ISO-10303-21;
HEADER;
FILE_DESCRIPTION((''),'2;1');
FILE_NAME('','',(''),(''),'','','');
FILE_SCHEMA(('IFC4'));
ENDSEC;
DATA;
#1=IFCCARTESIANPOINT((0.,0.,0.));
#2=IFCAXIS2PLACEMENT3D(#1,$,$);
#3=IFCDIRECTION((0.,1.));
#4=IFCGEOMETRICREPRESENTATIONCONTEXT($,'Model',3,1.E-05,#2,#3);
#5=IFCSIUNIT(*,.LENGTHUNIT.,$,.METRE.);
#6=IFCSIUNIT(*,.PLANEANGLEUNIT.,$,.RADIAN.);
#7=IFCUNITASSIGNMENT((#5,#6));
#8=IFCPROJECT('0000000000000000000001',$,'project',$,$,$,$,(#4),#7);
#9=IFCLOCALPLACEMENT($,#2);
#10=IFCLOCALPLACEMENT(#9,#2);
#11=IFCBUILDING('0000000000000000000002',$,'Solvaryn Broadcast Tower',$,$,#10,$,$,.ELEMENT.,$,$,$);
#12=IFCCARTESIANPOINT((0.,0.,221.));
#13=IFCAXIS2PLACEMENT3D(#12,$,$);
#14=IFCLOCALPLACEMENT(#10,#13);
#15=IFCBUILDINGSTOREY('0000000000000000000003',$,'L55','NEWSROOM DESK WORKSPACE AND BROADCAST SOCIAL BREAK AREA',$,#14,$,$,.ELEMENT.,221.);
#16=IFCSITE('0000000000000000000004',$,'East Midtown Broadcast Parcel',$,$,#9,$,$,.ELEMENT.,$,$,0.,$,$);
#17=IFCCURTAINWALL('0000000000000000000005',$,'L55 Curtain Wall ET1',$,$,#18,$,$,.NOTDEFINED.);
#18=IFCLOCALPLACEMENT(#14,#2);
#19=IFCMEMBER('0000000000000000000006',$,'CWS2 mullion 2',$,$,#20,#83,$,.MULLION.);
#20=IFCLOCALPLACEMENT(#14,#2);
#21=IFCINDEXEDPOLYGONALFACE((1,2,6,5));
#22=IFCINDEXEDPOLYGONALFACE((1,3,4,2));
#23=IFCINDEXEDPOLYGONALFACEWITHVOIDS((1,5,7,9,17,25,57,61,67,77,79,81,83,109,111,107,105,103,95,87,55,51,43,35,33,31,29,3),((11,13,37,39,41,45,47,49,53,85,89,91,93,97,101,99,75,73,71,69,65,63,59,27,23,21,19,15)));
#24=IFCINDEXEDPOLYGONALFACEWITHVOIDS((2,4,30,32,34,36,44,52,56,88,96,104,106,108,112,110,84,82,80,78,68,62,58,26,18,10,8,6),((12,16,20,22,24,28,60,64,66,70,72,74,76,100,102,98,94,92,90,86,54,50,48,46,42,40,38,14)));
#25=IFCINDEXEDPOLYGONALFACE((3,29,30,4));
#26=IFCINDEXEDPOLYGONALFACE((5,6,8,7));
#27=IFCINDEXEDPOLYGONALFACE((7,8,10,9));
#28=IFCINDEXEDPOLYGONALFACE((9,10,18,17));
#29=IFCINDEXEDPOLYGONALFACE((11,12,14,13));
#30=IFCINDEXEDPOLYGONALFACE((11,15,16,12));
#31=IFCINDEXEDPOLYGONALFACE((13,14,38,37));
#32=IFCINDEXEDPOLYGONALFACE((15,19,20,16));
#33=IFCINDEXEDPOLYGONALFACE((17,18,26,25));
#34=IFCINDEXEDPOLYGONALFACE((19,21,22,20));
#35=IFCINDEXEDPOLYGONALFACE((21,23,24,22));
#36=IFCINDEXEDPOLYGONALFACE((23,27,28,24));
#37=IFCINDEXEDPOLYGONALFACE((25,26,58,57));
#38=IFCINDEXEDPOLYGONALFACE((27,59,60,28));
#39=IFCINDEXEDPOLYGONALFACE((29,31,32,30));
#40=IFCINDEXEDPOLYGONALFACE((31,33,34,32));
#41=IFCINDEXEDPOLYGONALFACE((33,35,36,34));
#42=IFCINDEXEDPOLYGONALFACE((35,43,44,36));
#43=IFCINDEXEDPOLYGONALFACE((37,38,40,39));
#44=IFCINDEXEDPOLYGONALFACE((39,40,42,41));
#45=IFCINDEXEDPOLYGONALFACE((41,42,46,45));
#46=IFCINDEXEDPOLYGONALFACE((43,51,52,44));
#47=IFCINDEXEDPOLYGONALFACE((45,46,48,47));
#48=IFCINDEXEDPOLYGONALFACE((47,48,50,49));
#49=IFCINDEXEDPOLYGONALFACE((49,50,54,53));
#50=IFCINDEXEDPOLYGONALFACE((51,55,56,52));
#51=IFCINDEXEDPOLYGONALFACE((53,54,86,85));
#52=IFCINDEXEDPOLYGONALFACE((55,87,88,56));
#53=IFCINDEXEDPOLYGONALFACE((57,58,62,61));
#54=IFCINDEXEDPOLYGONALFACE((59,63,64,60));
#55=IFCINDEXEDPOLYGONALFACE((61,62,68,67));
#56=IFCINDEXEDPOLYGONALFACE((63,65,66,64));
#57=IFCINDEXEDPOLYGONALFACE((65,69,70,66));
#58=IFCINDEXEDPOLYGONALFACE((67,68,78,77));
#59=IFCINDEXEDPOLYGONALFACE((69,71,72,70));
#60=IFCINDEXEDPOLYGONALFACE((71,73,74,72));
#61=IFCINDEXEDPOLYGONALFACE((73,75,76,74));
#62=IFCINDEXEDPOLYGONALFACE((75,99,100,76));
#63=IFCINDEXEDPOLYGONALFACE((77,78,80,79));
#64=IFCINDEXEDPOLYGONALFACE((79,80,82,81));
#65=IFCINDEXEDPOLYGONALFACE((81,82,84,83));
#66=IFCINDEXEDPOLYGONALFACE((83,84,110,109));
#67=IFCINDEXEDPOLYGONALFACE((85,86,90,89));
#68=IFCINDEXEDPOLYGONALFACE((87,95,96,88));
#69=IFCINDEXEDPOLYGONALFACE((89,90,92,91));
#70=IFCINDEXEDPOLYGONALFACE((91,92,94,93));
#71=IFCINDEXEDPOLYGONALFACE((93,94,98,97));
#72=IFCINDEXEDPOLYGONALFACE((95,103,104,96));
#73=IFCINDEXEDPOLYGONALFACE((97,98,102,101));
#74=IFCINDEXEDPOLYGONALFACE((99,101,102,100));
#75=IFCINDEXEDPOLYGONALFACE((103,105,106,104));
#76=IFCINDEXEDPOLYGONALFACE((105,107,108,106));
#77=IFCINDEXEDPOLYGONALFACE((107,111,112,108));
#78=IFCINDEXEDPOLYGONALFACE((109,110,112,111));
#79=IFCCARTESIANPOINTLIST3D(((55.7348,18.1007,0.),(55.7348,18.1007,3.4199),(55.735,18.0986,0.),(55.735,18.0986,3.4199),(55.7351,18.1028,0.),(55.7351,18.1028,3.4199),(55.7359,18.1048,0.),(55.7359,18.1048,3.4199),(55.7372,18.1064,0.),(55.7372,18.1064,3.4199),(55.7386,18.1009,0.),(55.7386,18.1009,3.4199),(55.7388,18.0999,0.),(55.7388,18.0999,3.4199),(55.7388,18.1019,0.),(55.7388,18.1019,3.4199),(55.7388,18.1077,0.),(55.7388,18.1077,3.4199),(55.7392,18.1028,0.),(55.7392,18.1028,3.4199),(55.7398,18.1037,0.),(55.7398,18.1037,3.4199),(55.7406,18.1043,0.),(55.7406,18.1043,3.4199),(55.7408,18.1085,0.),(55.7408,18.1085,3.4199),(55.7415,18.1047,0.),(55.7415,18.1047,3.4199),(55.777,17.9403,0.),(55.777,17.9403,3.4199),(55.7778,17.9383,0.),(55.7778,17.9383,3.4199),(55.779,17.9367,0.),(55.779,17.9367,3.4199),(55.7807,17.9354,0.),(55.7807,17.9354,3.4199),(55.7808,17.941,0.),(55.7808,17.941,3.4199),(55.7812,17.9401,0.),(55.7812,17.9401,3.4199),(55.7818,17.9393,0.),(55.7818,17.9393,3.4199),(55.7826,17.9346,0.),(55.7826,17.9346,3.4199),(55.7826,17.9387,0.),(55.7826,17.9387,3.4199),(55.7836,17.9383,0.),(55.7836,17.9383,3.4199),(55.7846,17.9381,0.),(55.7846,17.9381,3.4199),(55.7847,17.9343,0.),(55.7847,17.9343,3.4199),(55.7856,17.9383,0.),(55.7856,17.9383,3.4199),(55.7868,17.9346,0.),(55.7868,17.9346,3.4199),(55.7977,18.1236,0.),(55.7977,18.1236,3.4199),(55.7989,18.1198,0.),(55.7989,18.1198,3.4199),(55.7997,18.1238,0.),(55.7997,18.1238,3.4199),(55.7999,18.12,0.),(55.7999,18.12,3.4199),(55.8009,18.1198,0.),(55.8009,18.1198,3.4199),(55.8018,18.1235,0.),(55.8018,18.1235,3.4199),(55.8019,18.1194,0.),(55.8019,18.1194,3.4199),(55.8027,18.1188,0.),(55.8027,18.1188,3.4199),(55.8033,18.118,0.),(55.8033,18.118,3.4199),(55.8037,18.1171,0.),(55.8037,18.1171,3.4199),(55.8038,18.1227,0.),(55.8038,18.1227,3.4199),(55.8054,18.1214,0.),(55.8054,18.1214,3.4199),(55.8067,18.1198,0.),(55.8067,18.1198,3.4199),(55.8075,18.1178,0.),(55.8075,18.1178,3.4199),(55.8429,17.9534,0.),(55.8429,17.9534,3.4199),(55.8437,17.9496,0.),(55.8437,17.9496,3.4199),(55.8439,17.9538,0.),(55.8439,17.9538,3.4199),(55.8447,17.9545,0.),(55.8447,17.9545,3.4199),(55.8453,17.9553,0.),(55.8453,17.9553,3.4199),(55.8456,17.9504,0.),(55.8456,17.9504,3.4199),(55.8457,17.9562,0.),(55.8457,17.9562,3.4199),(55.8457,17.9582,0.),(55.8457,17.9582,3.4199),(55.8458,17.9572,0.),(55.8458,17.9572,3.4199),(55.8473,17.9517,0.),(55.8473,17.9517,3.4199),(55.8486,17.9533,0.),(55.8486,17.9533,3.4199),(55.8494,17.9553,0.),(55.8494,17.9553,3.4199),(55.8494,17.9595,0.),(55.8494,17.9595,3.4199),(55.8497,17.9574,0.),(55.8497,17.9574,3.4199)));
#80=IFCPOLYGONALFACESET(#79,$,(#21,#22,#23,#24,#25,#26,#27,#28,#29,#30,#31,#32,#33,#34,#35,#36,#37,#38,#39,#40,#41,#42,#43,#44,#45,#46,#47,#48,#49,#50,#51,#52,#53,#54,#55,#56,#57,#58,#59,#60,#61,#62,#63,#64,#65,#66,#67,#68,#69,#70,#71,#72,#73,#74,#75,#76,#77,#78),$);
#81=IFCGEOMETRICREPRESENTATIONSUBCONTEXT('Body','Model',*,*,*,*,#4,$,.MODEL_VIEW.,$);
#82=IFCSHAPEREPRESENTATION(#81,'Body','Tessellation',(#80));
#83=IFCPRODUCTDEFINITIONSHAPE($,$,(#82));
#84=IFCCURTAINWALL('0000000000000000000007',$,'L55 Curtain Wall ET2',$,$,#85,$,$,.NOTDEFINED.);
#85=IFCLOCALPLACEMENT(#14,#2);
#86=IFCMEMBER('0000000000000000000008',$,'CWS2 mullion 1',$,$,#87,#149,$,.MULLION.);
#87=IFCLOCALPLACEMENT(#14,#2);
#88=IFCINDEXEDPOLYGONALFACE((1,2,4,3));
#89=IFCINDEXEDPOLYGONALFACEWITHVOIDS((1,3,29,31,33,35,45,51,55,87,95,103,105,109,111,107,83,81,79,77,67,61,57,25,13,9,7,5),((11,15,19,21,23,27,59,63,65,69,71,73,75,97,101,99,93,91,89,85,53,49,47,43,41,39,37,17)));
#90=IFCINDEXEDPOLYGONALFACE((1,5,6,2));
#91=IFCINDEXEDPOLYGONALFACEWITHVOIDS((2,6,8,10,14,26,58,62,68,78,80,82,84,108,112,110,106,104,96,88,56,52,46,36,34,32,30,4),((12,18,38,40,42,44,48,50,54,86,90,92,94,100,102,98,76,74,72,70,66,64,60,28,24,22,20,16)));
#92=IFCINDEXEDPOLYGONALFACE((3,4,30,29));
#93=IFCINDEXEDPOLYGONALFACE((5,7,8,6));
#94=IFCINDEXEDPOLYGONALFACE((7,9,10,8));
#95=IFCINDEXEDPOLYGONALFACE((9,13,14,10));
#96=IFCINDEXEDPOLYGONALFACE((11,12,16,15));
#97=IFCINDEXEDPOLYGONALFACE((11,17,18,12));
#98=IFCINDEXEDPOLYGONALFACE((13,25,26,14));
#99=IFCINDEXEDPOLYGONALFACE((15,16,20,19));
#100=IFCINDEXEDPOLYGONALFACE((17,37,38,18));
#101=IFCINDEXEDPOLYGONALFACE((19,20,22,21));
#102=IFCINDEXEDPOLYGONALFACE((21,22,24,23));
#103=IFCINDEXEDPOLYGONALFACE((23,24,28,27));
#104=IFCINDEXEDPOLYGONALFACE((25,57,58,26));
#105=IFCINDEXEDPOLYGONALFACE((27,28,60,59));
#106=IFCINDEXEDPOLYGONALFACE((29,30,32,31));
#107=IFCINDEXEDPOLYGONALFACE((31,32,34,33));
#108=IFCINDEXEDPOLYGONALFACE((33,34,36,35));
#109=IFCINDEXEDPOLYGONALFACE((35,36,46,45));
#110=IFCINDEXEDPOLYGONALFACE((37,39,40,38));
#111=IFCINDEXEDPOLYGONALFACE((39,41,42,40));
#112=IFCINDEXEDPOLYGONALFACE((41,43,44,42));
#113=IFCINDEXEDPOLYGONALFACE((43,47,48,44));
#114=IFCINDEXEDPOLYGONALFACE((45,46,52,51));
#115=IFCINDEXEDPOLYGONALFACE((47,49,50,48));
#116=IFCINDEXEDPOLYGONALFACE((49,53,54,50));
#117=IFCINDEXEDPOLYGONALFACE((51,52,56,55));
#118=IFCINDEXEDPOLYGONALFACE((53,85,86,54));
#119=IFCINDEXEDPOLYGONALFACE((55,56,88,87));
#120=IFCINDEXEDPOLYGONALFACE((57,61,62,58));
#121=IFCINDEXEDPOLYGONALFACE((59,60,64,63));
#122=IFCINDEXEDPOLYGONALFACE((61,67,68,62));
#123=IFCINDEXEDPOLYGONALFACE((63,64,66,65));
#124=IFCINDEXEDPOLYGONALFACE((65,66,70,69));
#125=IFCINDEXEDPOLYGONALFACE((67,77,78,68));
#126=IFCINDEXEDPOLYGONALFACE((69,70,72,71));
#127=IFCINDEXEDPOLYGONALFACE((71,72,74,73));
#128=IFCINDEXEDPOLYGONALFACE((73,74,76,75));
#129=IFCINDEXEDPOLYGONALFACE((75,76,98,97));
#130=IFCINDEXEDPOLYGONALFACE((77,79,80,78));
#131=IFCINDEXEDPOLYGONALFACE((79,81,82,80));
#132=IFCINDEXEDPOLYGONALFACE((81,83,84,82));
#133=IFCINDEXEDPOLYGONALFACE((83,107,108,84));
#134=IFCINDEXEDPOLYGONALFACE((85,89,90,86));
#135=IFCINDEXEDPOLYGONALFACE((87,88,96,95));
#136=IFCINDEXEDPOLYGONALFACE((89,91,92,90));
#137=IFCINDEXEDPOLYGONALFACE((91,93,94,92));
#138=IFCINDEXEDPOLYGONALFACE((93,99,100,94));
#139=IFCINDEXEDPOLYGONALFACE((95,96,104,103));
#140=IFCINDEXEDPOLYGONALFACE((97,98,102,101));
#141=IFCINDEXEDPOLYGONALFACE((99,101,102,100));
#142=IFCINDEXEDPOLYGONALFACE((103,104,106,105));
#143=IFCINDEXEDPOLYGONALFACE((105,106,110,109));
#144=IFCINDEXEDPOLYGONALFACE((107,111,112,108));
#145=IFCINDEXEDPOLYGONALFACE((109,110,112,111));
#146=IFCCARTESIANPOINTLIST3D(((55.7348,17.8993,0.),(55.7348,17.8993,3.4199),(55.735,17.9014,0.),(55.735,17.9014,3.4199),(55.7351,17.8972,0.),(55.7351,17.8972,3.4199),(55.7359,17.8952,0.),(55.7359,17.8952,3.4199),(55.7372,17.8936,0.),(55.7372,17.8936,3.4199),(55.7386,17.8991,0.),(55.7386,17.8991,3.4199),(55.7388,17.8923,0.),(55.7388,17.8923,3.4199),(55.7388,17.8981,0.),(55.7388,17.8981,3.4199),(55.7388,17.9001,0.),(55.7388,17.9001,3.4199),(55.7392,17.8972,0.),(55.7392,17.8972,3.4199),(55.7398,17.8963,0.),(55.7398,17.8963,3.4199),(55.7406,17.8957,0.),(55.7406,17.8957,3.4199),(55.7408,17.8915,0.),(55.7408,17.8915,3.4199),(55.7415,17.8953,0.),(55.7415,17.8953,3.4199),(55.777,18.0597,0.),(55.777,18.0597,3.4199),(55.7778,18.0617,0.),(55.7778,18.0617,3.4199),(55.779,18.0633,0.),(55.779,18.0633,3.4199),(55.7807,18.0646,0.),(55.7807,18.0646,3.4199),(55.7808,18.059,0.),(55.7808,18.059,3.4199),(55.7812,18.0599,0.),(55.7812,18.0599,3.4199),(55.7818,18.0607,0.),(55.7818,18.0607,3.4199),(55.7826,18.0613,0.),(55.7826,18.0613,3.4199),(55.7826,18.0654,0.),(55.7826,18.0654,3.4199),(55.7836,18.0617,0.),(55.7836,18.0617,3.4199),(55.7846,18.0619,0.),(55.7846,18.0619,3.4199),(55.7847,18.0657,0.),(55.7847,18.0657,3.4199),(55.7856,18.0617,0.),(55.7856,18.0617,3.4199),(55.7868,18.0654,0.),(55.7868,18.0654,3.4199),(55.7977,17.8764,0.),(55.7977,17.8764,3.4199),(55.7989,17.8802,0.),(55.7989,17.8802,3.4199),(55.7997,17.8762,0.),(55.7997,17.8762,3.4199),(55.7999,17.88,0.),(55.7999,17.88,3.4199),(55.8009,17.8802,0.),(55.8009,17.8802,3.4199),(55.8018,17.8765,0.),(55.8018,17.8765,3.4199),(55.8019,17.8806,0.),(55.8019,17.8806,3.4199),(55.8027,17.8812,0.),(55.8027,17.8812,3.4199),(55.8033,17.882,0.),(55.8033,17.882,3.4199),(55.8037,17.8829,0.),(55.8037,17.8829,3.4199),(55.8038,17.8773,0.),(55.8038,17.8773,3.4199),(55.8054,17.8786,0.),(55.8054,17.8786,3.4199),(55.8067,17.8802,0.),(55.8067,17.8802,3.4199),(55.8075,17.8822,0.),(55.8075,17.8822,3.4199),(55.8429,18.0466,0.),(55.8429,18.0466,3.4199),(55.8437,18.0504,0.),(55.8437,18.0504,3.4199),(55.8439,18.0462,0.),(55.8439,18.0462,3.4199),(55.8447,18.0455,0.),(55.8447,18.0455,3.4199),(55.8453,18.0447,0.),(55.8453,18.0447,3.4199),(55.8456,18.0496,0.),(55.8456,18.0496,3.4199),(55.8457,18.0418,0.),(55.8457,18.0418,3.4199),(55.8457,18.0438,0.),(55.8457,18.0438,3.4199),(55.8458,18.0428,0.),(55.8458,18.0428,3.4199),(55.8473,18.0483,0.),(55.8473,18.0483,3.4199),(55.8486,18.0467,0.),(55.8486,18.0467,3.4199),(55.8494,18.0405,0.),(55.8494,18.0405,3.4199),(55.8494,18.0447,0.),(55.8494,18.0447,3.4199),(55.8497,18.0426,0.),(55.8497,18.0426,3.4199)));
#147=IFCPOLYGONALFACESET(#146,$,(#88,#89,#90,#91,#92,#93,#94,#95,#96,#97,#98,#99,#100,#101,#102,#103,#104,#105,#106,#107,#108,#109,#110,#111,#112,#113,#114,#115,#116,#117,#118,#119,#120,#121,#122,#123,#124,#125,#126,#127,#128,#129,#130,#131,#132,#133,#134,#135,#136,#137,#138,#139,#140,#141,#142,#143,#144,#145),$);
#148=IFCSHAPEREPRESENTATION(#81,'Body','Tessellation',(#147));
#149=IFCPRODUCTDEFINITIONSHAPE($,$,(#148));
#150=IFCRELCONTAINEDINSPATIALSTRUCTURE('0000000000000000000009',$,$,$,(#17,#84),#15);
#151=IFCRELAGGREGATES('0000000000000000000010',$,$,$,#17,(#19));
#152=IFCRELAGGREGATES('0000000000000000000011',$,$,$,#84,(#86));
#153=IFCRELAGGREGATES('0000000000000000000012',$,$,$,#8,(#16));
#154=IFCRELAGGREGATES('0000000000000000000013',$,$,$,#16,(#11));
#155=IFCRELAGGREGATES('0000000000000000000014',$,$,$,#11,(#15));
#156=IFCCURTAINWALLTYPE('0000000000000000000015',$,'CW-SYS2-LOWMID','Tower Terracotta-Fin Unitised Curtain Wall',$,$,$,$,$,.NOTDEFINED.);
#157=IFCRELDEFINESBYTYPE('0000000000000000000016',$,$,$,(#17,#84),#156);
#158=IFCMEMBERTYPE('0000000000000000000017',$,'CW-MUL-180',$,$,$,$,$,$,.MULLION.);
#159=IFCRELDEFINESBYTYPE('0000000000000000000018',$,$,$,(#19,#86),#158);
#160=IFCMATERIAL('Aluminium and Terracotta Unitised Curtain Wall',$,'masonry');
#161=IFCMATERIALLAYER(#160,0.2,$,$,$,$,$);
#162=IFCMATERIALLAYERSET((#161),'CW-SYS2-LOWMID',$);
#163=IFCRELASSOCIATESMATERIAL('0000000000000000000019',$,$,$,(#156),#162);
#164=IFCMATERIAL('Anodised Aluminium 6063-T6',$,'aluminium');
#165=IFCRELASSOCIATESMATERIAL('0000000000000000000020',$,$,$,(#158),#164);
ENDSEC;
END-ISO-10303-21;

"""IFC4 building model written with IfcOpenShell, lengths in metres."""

from ifc_helpers import new_model, si_unit, direction, frame, origin, origin_2d, place, context, subcontext, project, spatial, hollow_rectangle, extrude, material, layer, layer_set, material_profile, profile_set, type_object, element, aggregate, save


model = new_model("IFC4")

# Units and contexts
model_context = context("Model", 3, precision=1e-05, world=origin(), true_north=direction((0.0, 1.0)))
body_context = subcontext(model_context, "Body", "Model", "MODEL_VIEW")
ifc_project = project(units=[si_unit("LENGTHUNIT", "METRE"), si_unit("PLANEANGLEUNIT", "RADIAN")], contexts=[model_context])

# Site, building, storey
site_placement = place(None, origin())
site = spatial("IfcSite", under=ifc_project, at=site_placement, Name="East Midtown Broadcast Parcel", CompositionType="ELEMENT", RefElevation=0.0)
building_placement = place(site_placement, origin())
building = spatial("IfcBuilding", under=site, at=building_placement, Name="Solvaryn Broadcast Tower", CompositionType="ELEMENT")
storey_placement = place(building_placement, frame((0.0, 0.0, 221.0)))
storey = spatial("IfcBuildingStorey", under=building, at=storey_placement, Name="L55", Description="NEWSROOM DESK WORKSPACE AND BROADCAST SOCIAL BREAK AREA", CompositionType="ELEMENT", Elevation=221.0)

# Curtain wall, member
ifc_material_1 = material(Name="Aluminium and Terracotta Unitised Curtain Wall", Category="masonry")
ifc_layer_1 = layer(ifc_material_1, 0.2)
ifc_layer_set_1 = layer_set([ifc_layer_1], Name="CW-SYS2-LOWMID")
curtain_wall_type = type_object("IfcCurtainWallType", Name="CW-SYS2-LOWMID", Description="Tower Terracotta-Fin Unitised Curtain Wall", PredefinedType="NOTDEFINED", material=ifc_layer_set_1)
ifc_material_2 = material(Name="Anodised Aluminium 6063-T6", Category="aluminium")
ifc_material_profile_1 = material_profile(ifc_material_2, hollow_rectangle(XDim=0.075, YDim=0.1799, WallThickness=0.0039, InnerFilletRadius=0.0039, OuterFilletRadius=0.0081, at=origin_2d()))
ifc_profile_set_1 = profile_set([ifc_material_profile_1], Name="Anodised Aluminium 6063-T6")
member_type_1 = type_object("IfcMemberType", Name="CW-MUL-180", PredefinedType="MULLION", material=ifc_profile_set_1)
curtain_wall_1_placement = place(storey_placement, origin())
curtain_wall_1 = element("IfcCurtainWall", 1, at=curtain_wall_1_placement, inside=storey, type_object=curtain_wall_type, Name="L55 Curtain Wall ET1", PredefinedType="NOTDEFINED")
member_1_placement = place(storey_placement, frame((55.7922, 18.0291, 0.0), z_axis=(0.0, 0.0, 1.0), x_axis=(0.966705, 0.255893, 0.0)))
member_1 = element("IfcMember", 2, at=member_1_placement, type_object=member_type_1, Name="CWS2 mullion 2", PredefinedType="MULLION", context=body_context, shape_type="SweptSolid", body=[
    extrude(hollow_rectangle(XDim=0.075, YDim=0.1799, WallThickness=0.0039, InnerFilletRadius=0.0039, OuterFilletRadius=0.0081, at=origin_2d()), origin(), (0.0, 0.0, 1.0), 3.4199),
])
aggregate(curtain_wall_1, [member_1])

# Curtain wall, member
curtain_wall_2_placement = place(storey_placement, origin())
curtain_wall_2 = element("IfcCurtainWall", 3, at=curtain_wall_2_placement, inside=storey, type_object=curtain_wall_type, Name="L55 Curtain Wall ET2", PredefinedType="NOTDEFINED")
member_2_placement = place(storey_placement, frame((55.7922, 17.9709, 0.0), z_axis=(0.0, 0.0, 1.0), x_axis=(0.966705, -0.255893, 0.0)))
member_2 = element("IfcMember", 4, at=member_2_placement, type_object=member_type_1, Name="CWS2 mullion 1", PredefinedType="MULLION", context=body_context, shape_type="SweptSolid", body=[
    extrude(hollow_rectangle(XDim=0.075, YDim=0.1799, WallThickness=0.0039, InnerFilletRadius=0.0039, OuterFilletRadius=0.0081, at=origin_2d()), origin(), (0.0, 0.0, 1.0), 3.4199),
])

aggregate(curtain_wall_2, [member_2])

save(model, "model.ifc")
